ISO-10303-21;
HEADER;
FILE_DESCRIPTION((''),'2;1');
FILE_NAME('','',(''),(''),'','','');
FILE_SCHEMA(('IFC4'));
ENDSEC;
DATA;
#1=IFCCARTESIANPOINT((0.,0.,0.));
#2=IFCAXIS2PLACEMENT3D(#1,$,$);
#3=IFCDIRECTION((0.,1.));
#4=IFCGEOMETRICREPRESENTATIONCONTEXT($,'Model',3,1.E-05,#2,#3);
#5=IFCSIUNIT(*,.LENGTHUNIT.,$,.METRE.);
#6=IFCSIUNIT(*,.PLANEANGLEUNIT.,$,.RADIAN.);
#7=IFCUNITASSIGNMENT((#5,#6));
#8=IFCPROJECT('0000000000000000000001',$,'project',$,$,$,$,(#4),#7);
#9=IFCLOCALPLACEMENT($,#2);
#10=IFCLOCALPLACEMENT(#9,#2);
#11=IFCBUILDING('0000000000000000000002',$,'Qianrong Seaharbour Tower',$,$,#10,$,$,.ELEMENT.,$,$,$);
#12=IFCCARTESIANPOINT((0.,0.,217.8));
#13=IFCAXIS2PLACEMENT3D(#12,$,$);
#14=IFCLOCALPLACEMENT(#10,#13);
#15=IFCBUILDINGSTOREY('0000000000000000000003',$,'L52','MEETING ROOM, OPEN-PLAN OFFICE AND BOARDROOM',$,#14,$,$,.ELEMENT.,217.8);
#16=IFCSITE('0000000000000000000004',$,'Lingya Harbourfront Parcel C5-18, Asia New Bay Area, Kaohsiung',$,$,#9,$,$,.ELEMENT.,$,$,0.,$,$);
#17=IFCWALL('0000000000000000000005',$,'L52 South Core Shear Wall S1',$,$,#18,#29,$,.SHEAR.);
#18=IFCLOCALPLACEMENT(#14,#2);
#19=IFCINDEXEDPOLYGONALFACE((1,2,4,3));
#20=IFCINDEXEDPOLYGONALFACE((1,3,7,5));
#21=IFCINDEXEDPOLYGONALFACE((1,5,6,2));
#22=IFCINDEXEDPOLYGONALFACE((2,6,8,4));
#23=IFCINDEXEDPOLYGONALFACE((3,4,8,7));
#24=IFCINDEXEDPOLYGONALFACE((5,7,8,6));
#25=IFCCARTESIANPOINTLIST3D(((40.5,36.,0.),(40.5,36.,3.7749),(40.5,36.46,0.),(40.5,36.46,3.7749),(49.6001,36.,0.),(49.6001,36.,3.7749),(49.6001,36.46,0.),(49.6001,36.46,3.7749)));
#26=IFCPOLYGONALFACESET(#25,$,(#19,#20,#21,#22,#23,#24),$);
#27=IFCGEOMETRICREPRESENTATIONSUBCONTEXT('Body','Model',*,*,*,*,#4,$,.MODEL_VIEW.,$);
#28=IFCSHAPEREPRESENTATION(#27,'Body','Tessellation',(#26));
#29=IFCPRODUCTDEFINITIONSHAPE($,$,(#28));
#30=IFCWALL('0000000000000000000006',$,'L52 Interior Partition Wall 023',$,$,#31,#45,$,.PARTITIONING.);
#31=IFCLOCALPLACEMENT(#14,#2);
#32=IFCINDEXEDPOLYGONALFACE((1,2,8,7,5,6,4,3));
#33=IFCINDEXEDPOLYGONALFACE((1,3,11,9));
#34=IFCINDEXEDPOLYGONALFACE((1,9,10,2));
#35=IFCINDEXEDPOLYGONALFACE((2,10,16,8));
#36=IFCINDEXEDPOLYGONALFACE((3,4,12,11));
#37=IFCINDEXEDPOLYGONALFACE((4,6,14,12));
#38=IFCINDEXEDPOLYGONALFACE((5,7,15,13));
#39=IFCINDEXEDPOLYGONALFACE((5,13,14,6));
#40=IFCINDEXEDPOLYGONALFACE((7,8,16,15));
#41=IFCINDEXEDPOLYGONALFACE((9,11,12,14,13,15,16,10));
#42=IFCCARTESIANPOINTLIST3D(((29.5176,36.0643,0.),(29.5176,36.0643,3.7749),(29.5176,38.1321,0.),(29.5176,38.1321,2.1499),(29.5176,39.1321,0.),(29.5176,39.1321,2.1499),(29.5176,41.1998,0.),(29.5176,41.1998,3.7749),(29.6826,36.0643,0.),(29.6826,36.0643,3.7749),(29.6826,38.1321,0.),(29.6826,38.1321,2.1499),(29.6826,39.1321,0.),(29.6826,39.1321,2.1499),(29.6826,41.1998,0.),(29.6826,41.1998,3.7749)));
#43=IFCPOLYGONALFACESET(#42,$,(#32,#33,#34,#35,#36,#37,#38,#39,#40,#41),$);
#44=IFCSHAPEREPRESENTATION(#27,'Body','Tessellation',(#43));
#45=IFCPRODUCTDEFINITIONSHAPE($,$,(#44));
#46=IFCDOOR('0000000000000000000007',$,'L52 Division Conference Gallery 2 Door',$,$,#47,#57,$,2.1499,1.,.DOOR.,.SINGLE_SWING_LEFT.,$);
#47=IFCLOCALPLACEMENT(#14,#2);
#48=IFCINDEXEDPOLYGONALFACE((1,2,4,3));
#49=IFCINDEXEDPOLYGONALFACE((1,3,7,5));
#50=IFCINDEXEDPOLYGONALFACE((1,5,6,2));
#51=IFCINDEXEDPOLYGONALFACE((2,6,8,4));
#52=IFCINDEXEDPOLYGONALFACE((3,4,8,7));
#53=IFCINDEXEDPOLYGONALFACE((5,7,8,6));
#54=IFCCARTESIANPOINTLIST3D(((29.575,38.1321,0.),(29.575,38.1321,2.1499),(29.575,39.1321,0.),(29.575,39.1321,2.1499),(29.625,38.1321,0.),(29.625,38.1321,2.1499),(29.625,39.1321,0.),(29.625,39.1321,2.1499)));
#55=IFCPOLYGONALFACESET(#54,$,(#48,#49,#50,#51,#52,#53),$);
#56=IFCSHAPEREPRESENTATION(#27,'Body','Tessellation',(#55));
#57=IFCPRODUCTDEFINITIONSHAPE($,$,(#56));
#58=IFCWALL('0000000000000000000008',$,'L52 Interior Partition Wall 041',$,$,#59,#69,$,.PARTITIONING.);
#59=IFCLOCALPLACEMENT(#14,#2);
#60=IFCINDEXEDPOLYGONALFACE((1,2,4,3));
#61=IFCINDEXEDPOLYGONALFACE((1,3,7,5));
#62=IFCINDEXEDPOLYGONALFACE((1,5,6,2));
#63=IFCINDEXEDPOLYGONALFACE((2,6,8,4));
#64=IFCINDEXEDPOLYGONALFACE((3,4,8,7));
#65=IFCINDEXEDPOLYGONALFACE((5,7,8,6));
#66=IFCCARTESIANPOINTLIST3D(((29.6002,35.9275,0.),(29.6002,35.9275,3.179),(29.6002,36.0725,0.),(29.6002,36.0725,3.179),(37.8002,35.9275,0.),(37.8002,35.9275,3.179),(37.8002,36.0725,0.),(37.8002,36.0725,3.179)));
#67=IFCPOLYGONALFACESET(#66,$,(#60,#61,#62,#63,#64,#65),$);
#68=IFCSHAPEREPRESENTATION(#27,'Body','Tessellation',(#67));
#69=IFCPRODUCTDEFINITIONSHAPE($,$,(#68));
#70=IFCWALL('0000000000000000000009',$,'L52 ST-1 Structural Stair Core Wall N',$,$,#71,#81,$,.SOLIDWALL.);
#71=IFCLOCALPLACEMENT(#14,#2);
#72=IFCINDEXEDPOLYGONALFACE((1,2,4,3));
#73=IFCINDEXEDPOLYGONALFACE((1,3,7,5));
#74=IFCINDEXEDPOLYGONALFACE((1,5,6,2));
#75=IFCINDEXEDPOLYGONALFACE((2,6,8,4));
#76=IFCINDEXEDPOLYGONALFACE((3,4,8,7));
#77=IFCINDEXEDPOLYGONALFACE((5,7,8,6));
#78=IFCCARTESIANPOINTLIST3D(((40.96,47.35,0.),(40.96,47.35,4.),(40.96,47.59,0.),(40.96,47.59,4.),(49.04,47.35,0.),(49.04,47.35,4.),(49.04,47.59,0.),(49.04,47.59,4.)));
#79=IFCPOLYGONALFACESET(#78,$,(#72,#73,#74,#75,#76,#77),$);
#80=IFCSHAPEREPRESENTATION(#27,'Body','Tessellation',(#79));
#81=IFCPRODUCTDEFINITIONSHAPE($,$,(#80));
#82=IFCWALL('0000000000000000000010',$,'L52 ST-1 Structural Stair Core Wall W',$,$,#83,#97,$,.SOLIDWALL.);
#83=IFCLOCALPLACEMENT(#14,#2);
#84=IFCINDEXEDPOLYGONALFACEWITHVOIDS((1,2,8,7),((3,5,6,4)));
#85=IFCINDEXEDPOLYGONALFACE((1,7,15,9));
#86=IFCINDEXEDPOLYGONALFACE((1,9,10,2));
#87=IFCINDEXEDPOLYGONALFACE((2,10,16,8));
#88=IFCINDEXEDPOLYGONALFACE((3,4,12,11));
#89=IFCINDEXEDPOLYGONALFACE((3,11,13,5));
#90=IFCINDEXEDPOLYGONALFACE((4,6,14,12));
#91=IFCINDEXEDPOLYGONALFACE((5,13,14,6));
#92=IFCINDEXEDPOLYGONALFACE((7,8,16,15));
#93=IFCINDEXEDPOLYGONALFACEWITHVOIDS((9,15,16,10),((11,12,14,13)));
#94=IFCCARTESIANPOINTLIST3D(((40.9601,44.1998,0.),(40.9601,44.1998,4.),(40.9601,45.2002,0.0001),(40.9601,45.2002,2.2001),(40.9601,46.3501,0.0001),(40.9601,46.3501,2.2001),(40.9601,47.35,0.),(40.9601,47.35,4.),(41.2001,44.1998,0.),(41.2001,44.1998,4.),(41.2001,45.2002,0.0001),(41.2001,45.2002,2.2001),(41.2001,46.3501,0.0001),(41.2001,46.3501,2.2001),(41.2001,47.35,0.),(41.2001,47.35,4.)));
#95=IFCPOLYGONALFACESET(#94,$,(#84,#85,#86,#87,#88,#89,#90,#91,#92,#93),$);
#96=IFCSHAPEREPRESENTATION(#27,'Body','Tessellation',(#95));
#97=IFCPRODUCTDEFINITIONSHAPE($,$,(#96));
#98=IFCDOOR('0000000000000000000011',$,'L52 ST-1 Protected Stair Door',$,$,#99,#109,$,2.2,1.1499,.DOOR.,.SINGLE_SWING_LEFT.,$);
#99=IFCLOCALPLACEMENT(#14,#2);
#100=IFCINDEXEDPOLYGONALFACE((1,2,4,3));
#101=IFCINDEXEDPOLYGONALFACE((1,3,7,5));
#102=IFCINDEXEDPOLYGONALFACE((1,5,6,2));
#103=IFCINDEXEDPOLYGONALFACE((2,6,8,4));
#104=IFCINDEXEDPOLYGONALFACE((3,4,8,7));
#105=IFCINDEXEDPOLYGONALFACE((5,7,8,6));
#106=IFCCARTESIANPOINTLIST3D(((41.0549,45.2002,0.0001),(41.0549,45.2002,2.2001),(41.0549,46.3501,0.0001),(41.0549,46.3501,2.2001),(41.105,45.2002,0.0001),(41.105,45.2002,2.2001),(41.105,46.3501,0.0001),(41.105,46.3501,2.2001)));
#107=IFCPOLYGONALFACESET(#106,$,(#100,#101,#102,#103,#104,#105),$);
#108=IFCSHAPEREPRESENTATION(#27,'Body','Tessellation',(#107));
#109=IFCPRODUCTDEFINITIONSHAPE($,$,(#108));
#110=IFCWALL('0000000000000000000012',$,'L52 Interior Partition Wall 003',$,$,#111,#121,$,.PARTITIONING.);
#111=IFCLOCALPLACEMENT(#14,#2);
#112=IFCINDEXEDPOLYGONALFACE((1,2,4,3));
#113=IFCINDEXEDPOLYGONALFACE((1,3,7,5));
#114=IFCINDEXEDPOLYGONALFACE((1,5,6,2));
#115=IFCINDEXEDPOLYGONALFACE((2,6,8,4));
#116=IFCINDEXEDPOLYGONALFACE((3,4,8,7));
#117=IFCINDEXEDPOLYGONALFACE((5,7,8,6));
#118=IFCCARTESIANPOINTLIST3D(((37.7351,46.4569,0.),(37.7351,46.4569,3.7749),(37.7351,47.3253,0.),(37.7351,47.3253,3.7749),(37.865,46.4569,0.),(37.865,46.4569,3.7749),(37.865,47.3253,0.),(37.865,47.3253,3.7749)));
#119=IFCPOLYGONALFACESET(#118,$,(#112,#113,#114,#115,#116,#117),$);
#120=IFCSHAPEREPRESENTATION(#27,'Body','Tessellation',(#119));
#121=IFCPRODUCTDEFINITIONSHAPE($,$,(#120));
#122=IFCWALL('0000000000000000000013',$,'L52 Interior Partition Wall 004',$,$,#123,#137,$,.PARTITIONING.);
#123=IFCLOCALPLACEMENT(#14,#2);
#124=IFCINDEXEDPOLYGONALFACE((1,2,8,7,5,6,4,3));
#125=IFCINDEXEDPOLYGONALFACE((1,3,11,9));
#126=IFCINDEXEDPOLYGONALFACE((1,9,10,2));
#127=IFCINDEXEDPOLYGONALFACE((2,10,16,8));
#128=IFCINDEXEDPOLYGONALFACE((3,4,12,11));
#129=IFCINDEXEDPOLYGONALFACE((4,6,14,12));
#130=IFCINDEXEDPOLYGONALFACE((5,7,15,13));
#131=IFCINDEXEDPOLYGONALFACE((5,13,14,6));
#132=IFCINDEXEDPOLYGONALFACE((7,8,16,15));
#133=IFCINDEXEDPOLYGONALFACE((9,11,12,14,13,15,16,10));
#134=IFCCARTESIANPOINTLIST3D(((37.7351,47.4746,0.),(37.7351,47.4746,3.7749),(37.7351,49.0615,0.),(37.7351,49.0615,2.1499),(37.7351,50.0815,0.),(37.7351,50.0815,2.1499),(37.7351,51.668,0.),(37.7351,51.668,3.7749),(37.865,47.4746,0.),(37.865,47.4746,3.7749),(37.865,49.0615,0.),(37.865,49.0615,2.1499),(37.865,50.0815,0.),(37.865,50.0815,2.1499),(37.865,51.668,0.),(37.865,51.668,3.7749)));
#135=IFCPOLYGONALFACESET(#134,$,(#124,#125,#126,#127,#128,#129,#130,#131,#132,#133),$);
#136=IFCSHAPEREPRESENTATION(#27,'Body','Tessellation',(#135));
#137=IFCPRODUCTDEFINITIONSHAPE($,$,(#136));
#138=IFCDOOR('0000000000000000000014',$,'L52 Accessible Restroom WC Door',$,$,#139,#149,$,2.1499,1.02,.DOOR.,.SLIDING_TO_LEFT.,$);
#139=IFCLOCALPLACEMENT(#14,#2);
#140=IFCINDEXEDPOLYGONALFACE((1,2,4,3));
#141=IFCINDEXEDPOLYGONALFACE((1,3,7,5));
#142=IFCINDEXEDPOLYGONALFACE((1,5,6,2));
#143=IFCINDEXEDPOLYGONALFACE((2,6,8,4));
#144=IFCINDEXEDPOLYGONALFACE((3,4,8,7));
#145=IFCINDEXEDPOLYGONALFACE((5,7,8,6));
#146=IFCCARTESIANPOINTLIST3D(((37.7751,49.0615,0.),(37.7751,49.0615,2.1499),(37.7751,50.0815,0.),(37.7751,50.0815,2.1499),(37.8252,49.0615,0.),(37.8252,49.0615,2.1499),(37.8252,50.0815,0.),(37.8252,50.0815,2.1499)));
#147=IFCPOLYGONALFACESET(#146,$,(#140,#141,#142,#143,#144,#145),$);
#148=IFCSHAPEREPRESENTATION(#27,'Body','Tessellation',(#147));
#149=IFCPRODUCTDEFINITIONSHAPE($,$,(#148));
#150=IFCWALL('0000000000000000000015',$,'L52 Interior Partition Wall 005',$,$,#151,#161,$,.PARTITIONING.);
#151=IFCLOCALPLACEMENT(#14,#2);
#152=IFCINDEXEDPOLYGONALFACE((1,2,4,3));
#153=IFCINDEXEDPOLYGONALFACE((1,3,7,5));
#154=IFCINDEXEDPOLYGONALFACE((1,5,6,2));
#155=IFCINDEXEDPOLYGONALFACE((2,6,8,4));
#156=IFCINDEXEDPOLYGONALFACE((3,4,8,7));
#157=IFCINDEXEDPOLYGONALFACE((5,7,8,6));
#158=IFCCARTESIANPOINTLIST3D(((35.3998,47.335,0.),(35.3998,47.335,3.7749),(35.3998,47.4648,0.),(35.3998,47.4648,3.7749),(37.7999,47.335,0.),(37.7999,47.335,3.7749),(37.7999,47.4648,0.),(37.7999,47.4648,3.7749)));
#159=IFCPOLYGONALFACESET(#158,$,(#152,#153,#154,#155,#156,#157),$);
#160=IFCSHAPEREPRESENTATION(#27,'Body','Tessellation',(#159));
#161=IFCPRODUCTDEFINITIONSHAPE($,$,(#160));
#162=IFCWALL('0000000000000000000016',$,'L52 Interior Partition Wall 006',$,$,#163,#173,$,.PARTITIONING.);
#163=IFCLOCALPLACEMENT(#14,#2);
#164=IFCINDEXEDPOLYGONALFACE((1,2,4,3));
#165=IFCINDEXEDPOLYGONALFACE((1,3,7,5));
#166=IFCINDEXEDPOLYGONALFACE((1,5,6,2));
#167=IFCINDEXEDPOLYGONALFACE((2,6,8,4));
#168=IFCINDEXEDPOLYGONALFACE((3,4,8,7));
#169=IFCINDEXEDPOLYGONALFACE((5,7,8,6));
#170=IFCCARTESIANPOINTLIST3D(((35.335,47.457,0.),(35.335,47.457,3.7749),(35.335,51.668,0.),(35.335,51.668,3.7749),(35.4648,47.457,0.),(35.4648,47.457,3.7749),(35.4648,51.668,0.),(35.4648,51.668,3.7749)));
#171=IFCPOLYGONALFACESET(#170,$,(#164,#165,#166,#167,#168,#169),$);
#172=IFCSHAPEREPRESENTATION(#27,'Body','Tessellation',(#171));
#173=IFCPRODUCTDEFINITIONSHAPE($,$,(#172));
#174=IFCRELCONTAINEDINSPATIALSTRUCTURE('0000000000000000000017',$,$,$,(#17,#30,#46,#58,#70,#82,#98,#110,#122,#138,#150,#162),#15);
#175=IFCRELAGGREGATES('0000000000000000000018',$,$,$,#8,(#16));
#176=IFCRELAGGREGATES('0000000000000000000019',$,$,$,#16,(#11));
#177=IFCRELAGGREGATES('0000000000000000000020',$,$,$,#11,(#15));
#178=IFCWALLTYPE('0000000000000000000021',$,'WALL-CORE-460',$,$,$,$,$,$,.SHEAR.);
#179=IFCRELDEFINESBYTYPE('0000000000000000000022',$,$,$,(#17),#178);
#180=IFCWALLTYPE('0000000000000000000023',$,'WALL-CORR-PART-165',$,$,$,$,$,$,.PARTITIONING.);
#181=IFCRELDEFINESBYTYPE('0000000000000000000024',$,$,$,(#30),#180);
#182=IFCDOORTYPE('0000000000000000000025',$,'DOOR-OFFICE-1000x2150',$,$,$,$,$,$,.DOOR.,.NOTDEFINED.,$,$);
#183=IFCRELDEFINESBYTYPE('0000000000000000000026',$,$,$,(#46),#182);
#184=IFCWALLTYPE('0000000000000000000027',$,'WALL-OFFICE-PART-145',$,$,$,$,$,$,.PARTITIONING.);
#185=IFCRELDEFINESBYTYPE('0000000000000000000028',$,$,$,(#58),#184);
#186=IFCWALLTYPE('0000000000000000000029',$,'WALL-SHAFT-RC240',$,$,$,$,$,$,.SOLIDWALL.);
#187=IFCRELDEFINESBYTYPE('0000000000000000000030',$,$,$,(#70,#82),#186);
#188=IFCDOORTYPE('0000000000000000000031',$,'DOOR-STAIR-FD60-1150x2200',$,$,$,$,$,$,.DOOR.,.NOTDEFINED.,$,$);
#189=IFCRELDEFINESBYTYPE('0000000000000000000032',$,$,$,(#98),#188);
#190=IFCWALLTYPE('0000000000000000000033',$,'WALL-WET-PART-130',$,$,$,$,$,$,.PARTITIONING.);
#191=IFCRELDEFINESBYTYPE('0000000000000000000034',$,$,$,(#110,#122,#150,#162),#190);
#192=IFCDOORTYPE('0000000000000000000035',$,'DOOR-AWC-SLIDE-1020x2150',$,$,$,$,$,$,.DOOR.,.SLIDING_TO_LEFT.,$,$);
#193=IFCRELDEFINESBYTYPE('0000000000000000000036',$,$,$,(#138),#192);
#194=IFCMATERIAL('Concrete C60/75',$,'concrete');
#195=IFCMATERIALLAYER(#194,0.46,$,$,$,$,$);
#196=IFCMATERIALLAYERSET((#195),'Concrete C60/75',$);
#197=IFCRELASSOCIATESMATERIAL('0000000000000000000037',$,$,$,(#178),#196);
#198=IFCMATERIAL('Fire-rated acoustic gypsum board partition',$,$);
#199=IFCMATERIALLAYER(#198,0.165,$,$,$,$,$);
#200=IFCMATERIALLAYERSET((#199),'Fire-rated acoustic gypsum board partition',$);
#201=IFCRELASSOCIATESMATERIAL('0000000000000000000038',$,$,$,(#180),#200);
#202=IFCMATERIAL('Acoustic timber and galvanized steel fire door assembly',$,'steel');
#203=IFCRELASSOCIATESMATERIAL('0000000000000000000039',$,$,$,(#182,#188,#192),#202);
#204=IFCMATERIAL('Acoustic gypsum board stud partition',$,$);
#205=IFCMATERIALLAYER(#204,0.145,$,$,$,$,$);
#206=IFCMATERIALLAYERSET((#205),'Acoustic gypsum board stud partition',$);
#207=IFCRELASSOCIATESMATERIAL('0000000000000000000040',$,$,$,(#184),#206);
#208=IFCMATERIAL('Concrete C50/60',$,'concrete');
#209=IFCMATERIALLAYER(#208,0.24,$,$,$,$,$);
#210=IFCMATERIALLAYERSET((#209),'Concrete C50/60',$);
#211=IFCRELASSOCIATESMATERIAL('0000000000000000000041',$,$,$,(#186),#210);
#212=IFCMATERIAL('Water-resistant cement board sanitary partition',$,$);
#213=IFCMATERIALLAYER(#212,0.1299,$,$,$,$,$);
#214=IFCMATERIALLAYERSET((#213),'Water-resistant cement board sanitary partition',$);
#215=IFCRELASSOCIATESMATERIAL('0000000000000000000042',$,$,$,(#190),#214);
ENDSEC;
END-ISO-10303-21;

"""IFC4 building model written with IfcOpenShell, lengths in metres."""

from ifc_helpers import new_model, si_unit, direction, frame, frame_2d, origin, place, context, subcontext, project, spatial, rectangle, extrude, material, layer, layer_set, type_object, element, fill, save


model = new_model("IFC4")

# Units and contexts
model_context = context("Model", 3, precision=1e-05, world=origin(), true_north=direction((0.0, 1.0)))
body_context = subcontext(model_context, "Body", "Model", "MODEL_VIEW")
ifc_project = project(units=[si_unit("LENGTHUNIT", "METRE"), si_unit("PLANEANGLEUNIT", "RADIAN")], contexts=[model_context])

# Site, building, storey
site_placement = place(None, origin())
site = spatial("IfcSite", under=ifc_project, at=site_placement, Name="Lingya Harbourfront Parcel C5-18, Asia New Bay Area, Kaohsiung", CompositionType="ELEMENT", RefElevation=0.0)
building_placement = place(site_placement, origin())
building = spatial("IfcBuilding", under=site, at=building_placement, Name="Qianrong Seaharbour Tower", CompositionType="ELEMENT")
storey_placement = place(building_placement, frame((0.0, 0.0, 217.8)))
storey = spatial("IfcBuildingStorey", under=building, at=storey_placement, Name="L52", Description="MEETING ROOM, OPEN-PLAN OFFICE AND BOARDROOM", CompositionType="ELEMENT", Elevation=217.8)

# Shared definitions
ifc_material_1 = material(Name="Concrete C60/75", Category="concrete")

# Wall
ifc_layer_1 = layer(ifc_material_1, 0.46)
ifc_layer_set_1 = layer_set([ifc_layer_1], Name="Concrete C60/75")
wall_type_1 = type_object("IfcWallType", Name="WALL-CORE-460", PredefinedType="SHEAR", material=ifc_layer_set_1)
wall_1_placement = place(storey_placement, frame((40.5, 36.23, 0.0), z_axis=(0.0, 0.0, 1.0), x_axis=(1.0, 0.0, 0.0)))
element("IfcWall", 1, at=wall_1_placement, inside=storey, type_object=wall_type_1, Name="L52 South Core Shear Wall S1", PredefinedType="SHEAR", context=body_context, shape_type="SweptSolid", body=[
    extrude(rectangle(XDim=9.1001, YDim=0.46, at=frame_2d((4.55, 0.0))), origin(), (0.0, 0.0, 1.0), 3.7749),
])

# Wall, opening, door
ifc_material_2 = material(Name="Fire-rated acoustic gypsum board partition")
ifc_layer_2 = layer(ifc_material_2, 0.165)
ifc_layer_set_2 = layer_set([ifc_layer_2], Name="Fire-rated acoustic gypsum board partition")
wall_type_2 = type_object("IfcWallType", Name="WALL-CORR-PART-165", PredefinedType="PARTITIONING", material=ifc_layer_set_2)
ifc_material_3 = material(Name="Acoustic timber and galvanized steel fire door assembly", Category="steel")
wall_2_placement = place(storey_placement, frame((29.6001, 41.2, 0.0), z_axis=(0.0, 0.0, 1.0), x_axis=(0.0, -1.0, 0.0)))
wall_2 = element("IfcWall", 2, at=wall_2_placement, inside=storey, type_object=wall_type_2, Name="L52 Interior Partition Wall 023", PredefinedType="PARTITIONING", context=body_context, shape_type="SweptSolid", body=[
    extrude(rectangle(XDim=5.1355, YDim=0.165, at=frame_2d((2.5679, 0.0))), origin(), (0.0, 0.0, 1.0), 3.7749),
])
opening_1_placement = place(wall_2_placement, frame((2.0679, 0.0, 0.0)))
opening_1 = element("IfcOpeningElement", 3, at=opening_1_placement, cuts=wall_2, PredefinedType="OPENING", context=body_context, shape_type="SweptSolid", body=[
    extrude(rectangle(XDim=1.0, YDim=2.1499, at=frame_2d((0.5, 1.075))), frame((0.0, 0.0925, 0.0), z_axis=(0.0, -1.0, 0.0), x_axis=(1.0, 0.0, 0.0)), (0.0, 0.0, 1.0), 0.1851),
])
door_type_1 = type_object("IfcDoorType", Name="DOOR-OFFICE-1000x2150", OperationType="NOTDEFINED", PredefinedType="DOOR", material=ifc_material_3)
door_1_placement = place(opening_1_placement, origin())
door_1 = element("IfcDoor", 4, at=door_1_placement, inside=storey, type_object=door_type_1, Name="L52 Division Conference Gallery 2 Door", OperationType="SINGLE_SWING_LEFT", OverallHeight=2.1499, OverallWidth=1.0, PredefinedType="DOOR", context=body_context, shape_type="SweptSolid", body=[
    extrude(rectangle(XDim=1.0, YDim=2.1499, at=frame_2d((0.5, 1.075))), frame((0.0, 0.0249, 0.0), z_axis=(0.0, -1.0, 0.0), x_axis=(1.0, 0.0, 0.0)), (0.0, 0.0, 1.0), 0.05),
])
fill(opening_1, door_1)

# Walls
ifc_material_4 = material(Name="Acoustic gypsum board stud partition")
ifc_layer_3 = layer(ifc_material_4, 0.145)
ifc_layer_set_3 = layer_set([ifc_layer_3], Name="Acoustic gypsum board stud partition")
wall_type_3 = type_object("IfcWallType", Name="WALL-OFFICE-PART-145", PredefinedType="PARTITIONING", material=ifc_layer_set_3)
wall_3_placement = place(storey_placement, frame((29.6001, 36.0, 0.0), z_axis=(0.0, 0.0, 1.0), x_axis=(1.0, 0.0, 0.0)))
element("IfcWall", 5, at=wall_3_placement, inside=storey, type_object=wall_type_3, Name="L52 Interior Partition Wall 041", PredefinedType="PARTITIONING", context=body_context, shape_type="SweptSolid", body=[
    extrude(rectangle(XDim=8.2, YDim=0.145, at=frame_2d((4.1001, 0.0))), origin(), (0.0, 0.0, 1.0), 3.179),
])
ifc_material_5 = material(Name="Concrete C50/60", Category="concrete")
ifc_layer_4 = layer(ifc_material_5, 0.24)
ifc_layer_set_4 = layer_set([ifc_layer_4], Name="Concrete C50/60")
wall_type_4 = type_object("IfcWallType", Name="WALL-SHAFT-RC240", PredefinedType="SOLIDWALL", material=ifc_layer_set_4)
wall_4_placement = place(storey_placement, frame((40.96, 47.47, 0.0), z_axis=(0.0, 0.0, 1.0), x_axis=(1.0, 0.0, 0.0)))
element("IfcWall", 6, at=wall_4_placement, inside=storey, type_object=wall_type_4, Name="L52 ST-1 Structural Stair Core Wall N", PredefinedType="SOLIDWALL", context=body_context, shape_type="SweptSolid", body=[
    extrude(rectangle(XDim=8.0801, YDim=0.24, at=frame_2d((4.04, 0.0))), origin(), (0.0, 0.0, 1.0), 4.0),
])

# Wall, opening, door
wall_5_placement = place(storey_placement, frame((41.0801, 47.3501, 0.0), z_axis=(0.0, 0.0, 1.0), x_axis=(0.0, -1.0, 0.0)))
wall_5 = element("IfcWall", 7, at=wall_5_placement, inside=storey, type_object=wall_type_4, Name="L52 ST-1 Structural Stair Core Wall W", PredefinedType="SOLIDWALL", context=body_context, shape_type="SweptSolid", body=[
    extrude(rectangle(XDim=3.1501, YDim=0.24, at=frame_2d((1.5752, 0.0))), origin(), (0.0, 0.0, 1.0), 4.0),
])
opening_2_placement = place(wall_5_placement, frame((1.0, 0.0, 0.0)))
opening_2 = element("IfcOpeningElement", 8, at=opening_2_placement, cuts=wall_5, PredefinedType="OPENING", context=body_context, shape_type="SweptSolid", body=[
    extrude(rectangle(XDim=1.1499, YDim=2.2, at=frame_2d((0.575, 1.1001))), frame((0.0, 0.1299, 0.0), z_axis=(0.0, -1.0, 0.0), x_axis=(1.0, 0.0, 0.0)), (0.0, 0.0, 1.0), 0.26),
])
door_type_2 = type_object("IfcDoorType", Name="DOOR-STAIR-FD60-1150x2200", OperationType="NOTDEFINED", PredefinedType="DOOR", material=ifc_material_3)
door_2_placement = place(opening_2_placement, origin())
door_2 = element("IfcDoor", 9, at=door_2_placement, inside=storey, type_object=door_type_2, Name="L52 ST-1 Protected Stair Door", OperationType="SINGLE_SWING_LEFT", OverallHeight=2.2, OverallWidth=1.1499, PredefinedType="DOOR", context=body_context, shape_type="SweptSolid", body=[
    extrude(rectangle(XDim=1.1499, YDim=2.2, at=frame_2d((0.575, 1.1001))), frame((0.0, 0.0249, 0.0), z_axis=(0.0, -1.0, 0.0), x_axis=(1.0, 0.0, 0.0)), (0.0, 0.0, 1.0), 0.05),
])
fill(opening_2, door_2)

# Wall
ifc_material_6 = material(Name="Water-resistant cement board sanitary partition")
ifc_layer_5 = layer(ifc_material_6, 0.1299)
ifc_layer_set_5 = layer_set([ifc_layer_5], Name="Water-resistant cement board sanitary partition")
wall_type_5 = type_object("IfcWallType", Name="WALL-WET-PART-130", PredefinedType="PARTITIONING", material=ifc_layer_set_5)
wall_6_placement = place(storey_placement, frame((37.8, 46.457, 0.0), z_axis=(0.0, 0.0, 1.0), x_axis=(0.0, 1.0, 0.0)))
element("IfcWall", 10, at=wall_6_placement, inside=storey, type_object=wall_type_5, Name="L52 Interior Partition Wall 003", PredefinedType="PARTITIONING", context=body_context, shape_type="SweptSolid", body=[
    extrude(rectangle(XDim=0.8684, YDim=0.1299, at=frame_2d((0.4341, 0.0))), origin(), (0.0, 0.0, 1.0), 3.7749),
])

# Wall, opening, door
wall_7_placement = place(storey_placement, frame((37.8, 47.4746, 0.0), z_axis=(0.0, 0.0, 1.0), x_axis=(0.0, 1.0, 0.0)))
wall_7 = element("IfcWall", 11, at=wall_7_placement, inside=storey, type_object=wall_type_5, Name="L52 Interior Partition Wall 004", PredefinedType="PARTITIONING", context=body_context, shape_type="SweptSolid", body=[
    extrude(rectangle(XDim=4.1934, YDim=0.1299, at=frame_2d((2.0967, 0.0))), origin(), (0.0, 0.0, 1.0), 3.7749),
])
opening_3_placement = place(wall_7_placement, frame((1.5869, 0.0, 0.0)))
opening_3 = element("IfcOpeningElement", 12, at=opening_3_placement, cuts=wall_7, PredefinedType="OPENING", context=body_context, shape_type="SweptSolid", body=[
    extrude(rectangle(XDim=1.02, YDim=2.1499, at=frame_2d((0.51, 1.075))), frame((0.0, 0.075, 0.0), z_axis=(0.0, -1.0, 0.0), x_axis=(1.0, 0.0, 0.0)), (0.0, 0.0, 1.0), 0.1499),
])
door_type_3 = type_object("IfcDoorType", Name="DOOR-AWC-SLIDE-1020x2150", OperationType="SLIDING_TO_LEFT", PredefinedType="DOOR", material=ifc_material_3)
door_3_placement = place(opening_3_placement, origin())
door_3 = element("IfcDoor", 13, at=door_3_placement, inside=storey, type_object=door_type_3, Name="L52 Accessible Restroom WC Door", OperationType="SLIDING_TO_LEFT", OverallHeight=2.1499, OverallWidth=1.02, PredefinedType="DOOR", context=body_context, shape_type="SweptSolid", body=[
    extrude(rectangle(XDim=1.02, YDim=2.1499, at=frame_2d((0.51, 1.075))), frame((0.0, 0.0249, 0.0), z_axis=(0.0, -1.0, 0.0), x_axis=(1.0, 0.0, 0.0)), (0.0, 0.0, 1.0), 0.05),
])
fill(opening_3, door_3)

# Walls
wall_8_placement = place(storey_placement, frame((37.8, 47.3999, 0.0), z_axis=(0.0, 0.0, 1.0), x_axis=(-1.0, 0.0, 0.0)))
element("IfcWall", 14, at=wall_8_placement, inside=storey, type_object=wall_type_5, Name="L52 Interior Partition Wall 005", PredefinedType="PARTITIONING", context=body_context, shape_type="SweptSolid", body=[
    extrude(rectangle(XDim=2.4001, YDim=0.1299, at=frame_2d((1.2002, 0.0))), origin(), (0.0, 0.0, 1.0), 3.7749),
])
wall_9_placement = place(storey_placement, frame((35.3999, 47.457, 0.0), z_axis=(0.0, 0.0, 1.0), x_axis=(0.0, 1.0, 0.0)))
element("IfcWall", 15, at=wall_9_placement, inside=storey, type_object=wall_type_5, Name="L52 Interior Partition Wall 006", PredefinedType="PARTITIONING", context=body_context, shape_type="SweptSolid", body=[
    extrude(rectangle(XDim=4.2109, YDim=0.1299, at=frame_2d((2.1055, 0.0))), origin(), (0.0, 0.0, 1.0), 3.7749),
])

save(model, "model.ifc")
